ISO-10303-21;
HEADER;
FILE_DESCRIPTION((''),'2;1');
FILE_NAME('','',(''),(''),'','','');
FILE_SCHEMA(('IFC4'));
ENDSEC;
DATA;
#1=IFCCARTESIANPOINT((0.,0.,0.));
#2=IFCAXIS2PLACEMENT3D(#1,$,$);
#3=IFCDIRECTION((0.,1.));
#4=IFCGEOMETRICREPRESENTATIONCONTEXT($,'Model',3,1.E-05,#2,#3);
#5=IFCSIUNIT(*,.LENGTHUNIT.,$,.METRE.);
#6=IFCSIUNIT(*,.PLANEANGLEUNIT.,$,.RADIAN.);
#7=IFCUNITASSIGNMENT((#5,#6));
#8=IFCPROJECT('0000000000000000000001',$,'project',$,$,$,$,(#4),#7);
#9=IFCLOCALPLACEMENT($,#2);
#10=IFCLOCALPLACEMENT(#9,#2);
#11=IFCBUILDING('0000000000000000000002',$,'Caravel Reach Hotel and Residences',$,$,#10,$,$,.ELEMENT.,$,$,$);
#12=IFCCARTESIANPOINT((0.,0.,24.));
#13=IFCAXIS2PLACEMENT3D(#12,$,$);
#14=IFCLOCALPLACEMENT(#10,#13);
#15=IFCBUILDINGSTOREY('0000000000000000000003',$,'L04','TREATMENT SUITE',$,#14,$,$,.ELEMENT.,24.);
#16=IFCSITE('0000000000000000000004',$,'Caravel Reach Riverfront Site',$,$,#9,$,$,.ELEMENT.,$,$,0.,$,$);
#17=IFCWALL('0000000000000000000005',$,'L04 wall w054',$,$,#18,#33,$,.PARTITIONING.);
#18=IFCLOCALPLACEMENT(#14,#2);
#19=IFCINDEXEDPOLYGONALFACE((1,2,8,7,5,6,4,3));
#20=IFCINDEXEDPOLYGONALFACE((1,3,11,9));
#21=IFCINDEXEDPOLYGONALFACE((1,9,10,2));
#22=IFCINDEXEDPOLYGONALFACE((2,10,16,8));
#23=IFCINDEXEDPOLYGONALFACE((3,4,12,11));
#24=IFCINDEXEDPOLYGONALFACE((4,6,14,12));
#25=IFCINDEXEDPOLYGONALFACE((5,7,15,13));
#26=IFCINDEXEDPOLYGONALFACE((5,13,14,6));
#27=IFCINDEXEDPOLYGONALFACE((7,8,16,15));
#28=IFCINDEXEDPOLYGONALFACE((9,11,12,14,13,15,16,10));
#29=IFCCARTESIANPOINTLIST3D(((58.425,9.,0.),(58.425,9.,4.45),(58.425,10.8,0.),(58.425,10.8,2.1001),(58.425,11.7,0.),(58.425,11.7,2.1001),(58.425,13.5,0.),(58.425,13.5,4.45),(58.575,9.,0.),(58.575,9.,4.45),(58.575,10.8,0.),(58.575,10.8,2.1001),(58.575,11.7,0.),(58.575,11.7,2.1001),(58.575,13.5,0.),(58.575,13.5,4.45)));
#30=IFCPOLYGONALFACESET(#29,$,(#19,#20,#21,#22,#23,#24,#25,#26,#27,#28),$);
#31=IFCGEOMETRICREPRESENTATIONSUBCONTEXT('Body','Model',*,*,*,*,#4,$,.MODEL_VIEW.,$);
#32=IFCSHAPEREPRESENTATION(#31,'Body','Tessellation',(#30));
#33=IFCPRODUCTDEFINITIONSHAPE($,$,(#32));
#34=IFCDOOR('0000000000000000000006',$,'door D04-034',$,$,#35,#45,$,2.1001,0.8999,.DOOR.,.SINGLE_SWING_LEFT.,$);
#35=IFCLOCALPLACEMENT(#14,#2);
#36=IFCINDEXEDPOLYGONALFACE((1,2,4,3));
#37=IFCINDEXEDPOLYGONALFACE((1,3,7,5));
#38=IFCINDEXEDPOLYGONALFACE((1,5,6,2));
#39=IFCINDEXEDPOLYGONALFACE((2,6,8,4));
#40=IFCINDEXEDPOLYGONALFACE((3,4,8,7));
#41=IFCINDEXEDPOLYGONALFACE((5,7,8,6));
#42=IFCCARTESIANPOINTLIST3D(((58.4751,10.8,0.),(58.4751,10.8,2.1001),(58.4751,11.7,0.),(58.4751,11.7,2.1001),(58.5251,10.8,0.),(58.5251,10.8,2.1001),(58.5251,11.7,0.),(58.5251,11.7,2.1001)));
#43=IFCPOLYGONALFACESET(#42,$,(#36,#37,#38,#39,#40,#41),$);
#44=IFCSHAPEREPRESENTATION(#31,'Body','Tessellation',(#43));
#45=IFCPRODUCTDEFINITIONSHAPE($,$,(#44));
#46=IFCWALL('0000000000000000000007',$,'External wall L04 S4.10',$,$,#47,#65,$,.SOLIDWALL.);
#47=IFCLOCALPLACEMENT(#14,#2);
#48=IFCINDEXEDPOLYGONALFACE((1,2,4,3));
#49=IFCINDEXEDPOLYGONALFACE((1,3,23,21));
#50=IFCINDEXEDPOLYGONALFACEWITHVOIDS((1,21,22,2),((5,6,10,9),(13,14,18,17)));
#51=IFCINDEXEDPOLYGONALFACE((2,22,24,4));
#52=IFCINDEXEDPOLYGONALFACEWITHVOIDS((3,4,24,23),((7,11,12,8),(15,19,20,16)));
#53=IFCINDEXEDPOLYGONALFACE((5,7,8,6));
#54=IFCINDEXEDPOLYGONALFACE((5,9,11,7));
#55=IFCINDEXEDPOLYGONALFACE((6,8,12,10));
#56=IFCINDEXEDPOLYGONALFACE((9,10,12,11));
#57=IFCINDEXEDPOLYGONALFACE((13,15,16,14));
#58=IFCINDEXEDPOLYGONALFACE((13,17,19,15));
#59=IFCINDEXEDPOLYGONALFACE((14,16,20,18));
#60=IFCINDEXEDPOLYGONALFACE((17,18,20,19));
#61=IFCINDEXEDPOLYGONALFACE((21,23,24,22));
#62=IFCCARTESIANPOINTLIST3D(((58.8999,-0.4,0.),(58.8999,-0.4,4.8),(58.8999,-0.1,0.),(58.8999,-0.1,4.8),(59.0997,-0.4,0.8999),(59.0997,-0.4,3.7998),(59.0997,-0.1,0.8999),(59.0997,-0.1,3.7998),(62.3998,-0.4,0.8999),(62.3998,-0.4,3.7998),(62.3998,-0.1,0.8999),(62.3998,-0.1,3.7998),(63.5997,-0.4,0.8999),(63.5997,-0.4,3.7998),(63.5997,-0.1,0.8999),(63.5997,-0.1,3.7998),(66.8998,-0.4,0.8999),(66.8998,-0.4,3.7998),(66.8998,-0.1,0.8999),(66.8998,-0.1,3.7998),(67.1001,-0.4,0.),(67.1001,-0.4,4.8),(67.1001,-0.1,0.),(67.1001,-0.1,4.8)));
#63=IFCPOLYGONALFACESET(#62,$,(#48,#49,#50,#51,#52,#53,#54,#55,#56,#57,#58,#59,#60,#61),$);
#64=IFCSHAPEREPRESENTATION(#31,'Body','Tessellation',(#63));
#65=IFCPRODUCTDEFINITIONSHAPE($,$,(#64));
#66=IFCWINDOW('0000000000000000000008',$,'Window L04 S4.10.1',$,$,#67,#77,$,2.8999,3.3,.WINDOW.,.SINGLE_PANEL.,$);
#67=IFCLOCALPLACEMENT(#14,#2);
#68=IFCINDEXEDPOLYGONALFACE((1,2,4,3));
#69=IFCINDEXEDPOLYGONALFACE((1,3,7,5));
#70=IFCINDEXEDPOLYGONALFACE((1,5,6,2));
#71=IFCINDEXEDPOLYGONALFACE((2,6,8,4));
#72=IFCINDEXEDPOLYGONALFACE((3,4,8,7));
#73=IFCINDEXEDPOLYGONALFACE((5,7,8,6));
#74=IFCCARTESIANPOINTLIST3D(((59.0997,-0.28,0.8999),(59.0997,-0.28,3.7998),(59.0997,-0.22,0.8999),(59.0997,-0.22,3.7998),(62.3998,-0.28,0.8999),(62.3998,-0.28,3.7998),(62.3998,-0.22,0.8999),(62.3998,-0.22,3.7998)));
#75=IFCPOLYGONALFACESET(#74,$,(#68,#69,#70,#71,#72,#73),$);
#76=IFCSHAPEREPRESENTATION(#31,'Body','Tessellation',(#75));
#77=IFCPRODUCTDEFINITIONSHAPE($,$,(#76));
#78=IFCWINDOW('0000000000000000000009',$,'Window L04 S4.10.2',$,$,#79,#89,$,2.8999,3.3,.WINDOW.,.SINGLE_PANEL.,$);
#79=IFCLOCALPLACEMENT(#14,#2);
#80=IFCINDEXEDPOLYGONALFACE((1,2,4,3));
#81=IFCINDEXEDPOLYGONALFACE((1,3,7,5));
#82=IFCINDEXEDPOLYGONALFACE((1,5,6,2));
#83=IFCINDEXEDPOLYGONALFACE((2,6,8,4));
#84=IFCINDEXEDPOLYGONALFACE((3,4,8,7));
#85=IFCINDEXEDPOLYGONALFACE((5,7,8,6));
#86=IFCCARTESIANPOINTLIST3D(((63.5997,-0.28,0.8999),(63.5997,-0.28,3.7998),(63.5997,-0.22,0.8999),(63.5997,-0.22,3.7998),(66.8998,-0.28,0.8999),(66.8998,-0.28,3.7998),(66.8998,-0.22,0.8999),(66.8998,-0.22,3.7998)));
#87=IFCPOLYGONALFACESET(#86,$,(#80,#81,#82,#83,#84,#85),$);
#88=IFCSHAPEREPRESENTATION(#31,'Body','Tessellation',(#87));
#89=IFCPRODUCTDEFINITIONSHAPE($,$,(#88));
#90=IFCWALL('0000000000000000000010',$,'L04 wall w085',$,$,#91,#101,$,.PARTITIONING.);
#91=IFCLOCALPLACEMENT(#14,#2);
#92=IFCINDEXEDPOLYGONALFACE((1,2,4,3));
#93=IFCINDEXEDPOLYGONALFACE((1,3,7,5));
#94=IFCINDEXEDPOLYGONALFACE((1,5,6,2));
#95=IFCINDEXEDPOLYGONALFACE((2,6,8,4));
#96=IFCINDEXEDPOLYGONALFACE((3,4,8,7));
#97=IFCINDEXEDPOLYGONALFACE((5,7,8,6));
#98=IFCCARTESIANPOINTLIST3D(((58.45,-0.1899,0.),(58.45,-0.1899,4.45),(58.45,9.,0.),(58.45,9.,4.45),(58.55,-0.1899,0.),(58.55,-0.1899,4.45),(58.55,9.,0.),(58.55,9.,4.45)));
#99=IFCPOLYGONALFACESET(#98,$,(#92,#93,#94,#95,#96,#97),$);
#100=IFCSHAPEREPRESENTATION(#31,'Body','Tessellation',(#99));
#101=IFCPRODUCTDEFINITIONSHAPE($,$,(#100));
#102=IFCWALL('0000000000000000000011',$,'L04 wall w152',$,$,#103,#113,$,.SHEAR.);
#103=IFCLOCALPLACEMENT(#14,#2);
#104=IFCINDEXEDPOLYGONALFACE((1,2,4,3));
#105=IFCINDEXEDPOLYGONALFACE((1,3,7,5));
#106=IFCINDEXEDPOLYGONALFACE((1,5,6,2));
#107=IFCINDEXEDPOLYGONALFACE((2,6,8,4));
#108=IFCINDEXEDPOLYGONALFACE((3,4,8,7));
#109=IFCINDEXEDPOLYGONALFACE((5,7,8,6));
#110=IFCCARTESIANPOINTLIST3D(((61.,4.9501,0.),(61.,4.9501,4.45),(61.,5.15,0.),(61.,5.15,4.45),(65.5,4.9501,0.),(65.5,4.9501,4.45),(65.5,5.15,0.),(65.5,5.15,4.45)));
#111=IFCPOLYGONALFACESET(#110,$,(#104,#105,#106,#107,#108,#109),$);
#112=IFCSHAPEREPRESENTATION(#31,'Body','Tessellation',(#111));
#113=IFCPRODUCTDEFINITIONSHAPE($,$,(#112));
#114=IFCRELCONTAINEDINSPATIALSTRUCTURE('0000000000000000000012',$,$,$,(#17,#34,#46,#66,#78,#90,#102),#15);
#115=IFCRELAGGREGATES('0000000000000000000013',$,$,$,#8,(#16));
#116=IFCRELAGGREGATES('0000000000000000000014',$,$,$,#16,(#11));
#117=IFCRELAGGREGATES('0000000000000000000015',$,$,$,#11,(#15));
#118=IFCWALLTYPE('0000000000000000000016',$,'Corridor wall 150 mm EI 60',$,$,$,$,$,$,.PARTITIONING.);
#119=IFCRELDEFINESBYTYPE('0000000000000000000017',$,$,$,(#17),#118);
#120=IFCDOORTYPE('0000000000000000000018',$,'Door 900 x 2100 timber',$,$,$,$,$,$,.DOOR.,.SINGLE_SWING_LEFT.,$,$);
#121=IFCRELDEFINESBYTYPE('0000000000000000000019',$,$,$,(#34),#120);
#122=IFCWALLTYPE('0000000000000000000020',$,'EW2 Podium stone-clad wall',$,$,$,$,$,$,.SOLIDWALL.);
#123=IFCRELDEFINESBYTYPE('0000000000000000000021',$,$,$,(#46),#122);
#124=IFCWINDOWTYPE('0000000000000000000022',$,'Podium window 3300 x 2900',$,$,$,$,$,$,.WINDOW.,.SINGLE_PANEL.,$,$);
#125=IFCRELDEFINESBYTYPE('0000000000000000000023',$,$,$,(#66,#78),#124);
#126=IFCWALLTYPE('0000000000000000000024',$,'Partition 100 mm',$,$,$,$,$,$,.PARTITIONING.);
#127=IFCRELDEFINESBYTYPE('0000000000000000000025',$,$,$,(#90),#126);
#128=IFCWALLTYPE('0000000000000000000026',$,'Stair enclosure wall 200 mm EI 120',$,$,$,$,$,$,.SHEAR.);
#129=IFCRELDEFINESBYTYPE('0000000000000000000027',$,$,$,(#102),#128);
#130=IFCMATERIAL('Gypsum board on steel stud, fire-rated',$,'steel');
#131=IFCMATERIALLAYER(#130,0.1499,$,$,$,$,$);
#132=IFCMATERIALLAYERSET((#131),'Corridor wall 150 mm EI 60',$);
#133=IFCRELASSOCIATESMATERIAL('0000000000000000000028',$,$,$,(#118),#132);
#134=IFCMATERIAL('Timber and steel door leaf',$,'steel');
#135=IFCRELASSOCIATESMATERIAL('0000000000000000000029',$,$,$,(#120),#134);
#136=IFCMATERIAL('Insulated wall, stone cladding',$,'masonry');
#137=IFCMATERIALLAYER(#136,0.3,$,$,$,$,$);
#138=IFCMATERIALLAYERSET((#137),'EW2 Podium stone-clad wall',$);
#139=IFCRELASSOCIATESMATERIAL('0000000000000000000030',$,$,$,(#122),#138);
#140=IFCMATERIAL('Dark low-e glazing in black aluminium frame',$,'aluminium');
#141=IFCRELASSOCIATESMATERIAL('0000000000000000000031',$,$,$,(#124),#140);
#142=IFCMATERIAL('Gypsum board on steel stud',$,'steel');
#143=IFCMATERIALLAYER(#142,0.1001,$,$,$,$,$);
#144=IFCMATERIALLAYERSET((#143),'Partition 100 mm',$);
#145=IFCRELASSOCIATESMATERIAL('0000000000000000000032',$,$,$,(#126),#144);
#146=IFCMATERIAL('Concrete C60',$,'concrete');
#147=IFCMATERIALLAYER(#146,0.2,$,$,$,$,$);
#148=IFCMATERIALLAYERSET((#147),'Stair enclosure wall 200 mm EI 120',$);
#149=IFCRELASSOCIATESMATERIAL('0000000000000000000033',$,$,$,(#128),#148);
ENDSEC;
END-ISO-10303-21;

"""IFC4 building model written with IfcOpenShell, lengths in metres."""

from ifc_helpers import new_model, si_unit, direction, frame, frame_2d, origin, place, context, subcontext, project, spatial, rectangle, extrude, material, layer, layer_set, type_object, element, fill, save


model = new_model("IFC4")

# Units and contexts
model_context = context("Model", 3, precision=1e-05, world=origin(), true_north=direction((0.0, 1.0)))
body_context = subcontext(model_context, "Body", "Model", "MODEL_VIEW")
ifc_project = project(units=[si_unit("LENGTHUNIT", "METRE"), si_unit("PLANEANGLEUNIT", "RADIAN")], contexts=[model_context])

# Site, building, storey
site_placement = place(None, origin())
site = spatial("IfcSite", under=ifc_project, at=site_placement, Name="Caravel Reach Riverfront Site", CompositionType="ELEMENT", RefElevation=0.0)
building_placement = place(site_placement, origin())
building = spatial("IfcBuilding", under=site, at=building_placement, Name="Caravel Reach Hotel and Residences", CompositionType="ELEMENT")
storey_placement = place(building_placement, frame((0.0, 0.0, 24.0)))
storey = spatial("IfcBuildingStorey", under=building, at=storey_placement, Name="L04", Description="TREATMENT SUITE", CompositionType="ELEMENT", Elevation=24.0)

# Wall, opening, door
ifc_material_1 = material(Name="Gypsum board on steel stud, fire-rated", Category="steel")
ifc_layer_1 = layer(ifc_material_1, 0.1499)
ifc_layer_set_1 = layer_set([ifc_layer_1], Name="Corridor wall 150 mm EI 60")
wall_type_1 = type_object("IfcWallType", Name="Corridor wall 150 mm EI 60", PredefinedType="PARTITIONING", material=ifc_layer_set_1)
wall_1_placement = place(storey_placement, frame((58.5, 9.0, 0.0), z_axis=(0.0, 0.0, 1.0), x_axis=(0.0, 1.0, 0.0)))
wall_1 = element("IfcWall", 1, at=wall_1_placement, inside=storey, type_object=wall_type_1, Name="L04 wall w054", PredefinedType="PARTITIONING", context=body_context, shape_type="SweptSolid", body=[
    extrude(rectangle(XDim=4.5, YDim=0.1499, at=frame_2d((2.25, 0.0))), origin(), (0.0, 0.0, 1.0), 4.45),
])
opening_1_placement = place(wall_1_placement, frame((1.8, 0.0, 0.0)))
opening_1 = element("IfcOpeningElement", 2, at=opening_1_placement, cuts=wall_1, PredefinedType="OPENING", context=body_context, shape_type="SweptSolid", body=[
    extrude(rectangle(XDim=0.8999, YDim=2.1001, at=frame_2d((0.45, 1.05))), frame((0.0, 0.085, 0.0), z_axis=(0.0, -1.0, 0.0), x_axis=(1.0, 0.0, 0.0)), (0.0, 0.0, 1.0), 0.1699),
])
ifc_material_2 = material(Name="Timber and steel door leaf", Category="steel")
door_type_1 = type_object("IfcDoorType", Name="Door 900 x 2100 timber", OperationType="SINGLE_SWING_LEFT", PredefinedType="DOOR", material=ifc_material_2)
door_1_placement = place(opening_1_placement, origin())
door_1 = element("IfcDoor", 3, at=door_1_placement, inside=storey, type_object=door_type_1, Name="door D04-034", OperationType="SINGLE_SWING_LEFT", OverallHeight=2.1001, OverallWidth=0.8999, PredefinedType="DOOR", context=body_context, shape_type="SweptSolid", body=[
    extrude(rectangle(XDim=0.8999, YDim=2.1001, at=frame_2d((0.45, 1.05))), frame((0.0, 0.0249, 0.0), z_axis=(0.0, -1.0, 0.0), x_axis=(1.0, 0.0, 0.0)), (0.0, 0.0, 1.0), 0.05),
])
fill(opening_1, door_1)

# Wall, openings, windows
ifc_material_3 = material(Name="Insulated wall, stone cladding", Category="masonry")
ifc_layer_2 = layer(ifc_material_3, 0.3)
ifc_layer_set_2 = layer_set([ifc_layer_2], Name="EW2 Podium stone-clad wall")
wall_type_2 = type_object("IfcWallType", Name="EW2 Podium stone-clad wall", PredefinedType="SOLIDWALL", material=ifc_layer_set_2)
wall_2_placement = place(storey_placement, frame((58.8999, -0.25, 0.0), z_axis=(0.0, 0.0, 1.0), x_axis=(1.0, 0.0, 0.0)))
wall_2 = element("IfcWall", 4, at=wall_2_placement, inside=storey, type_object=wall_type_2, Name="External wall L04 S4.10", PredefinedType="SOLIDWALL", context=body_context, shape_type="SweptSolid", body=[
    extrude(rectangle(XDim=8.2002, YDim=0.3, at=frame_2d((4.1001, 0.0))), origin(), (0.0, 0.0, 1.0), 4.8),
])
opening_2_placement = place(wall_2_placement, frame((0.2, 0.0, 0.8999)))
opening_2 = element("IfcOpeningElement", 5, at=opening_2_placement, cuts=wall_2, PredefinedType="OPENING", context=body_context, shape_type="SweptSolid", body=[
    extrude(rectangle(XDim=3.3, YDim=2.8999, at=frame_2d((1.6499, 1.45))), frame((0.0, 0.1599, 0.0), z_axis=(0.0, -1.0, 0.0), x_axis=(1.0, 0.0, 0.0)), (0.0, 0.0, 1.0), 0.3201),
])
opening_3_placement = place(wall_2_placement, frame((4.7, 0.0, 0.8999)))
opening_3 = element("IfcOpeningElement", 6, at=opening_3_placement, cuts=wall_2, PredefinedType="OPENING", context=body_context, shape_type="SweptSolid", body=[
    extrude(rectangle(XDim=3.3, YDim=2.8999, at=frame_2d((1.6499, 1.45))), frame((0.0, 0.1599, 0.0), z_axis=(0.0, -1.0, 0.0), x_axis=(1.0, 0.0, 0.0)), (0.0, 0.0, 1.0), 0.3201),
])
ifc_material_4 = material(Name="Dark low-e glazing in black aluminium frame", Category="aluminium")
window_type = type_object("IfcWindowType", Name="Podium window 3300 x 2900", PartitioningType="SINGLE_PANEL", PredefinedType="WINDOW", material=ifc_material_4)
window_1_placement = place(opening_2_placement, origin())
window_1 = element("IfcWindow", 7, at=window_1_placement, inside=storey, type_object=window_type, Name="Window L04 S4.10.1", OverallHeight=2.8999, OverallWidth=3.3, PartitioningType="SINGLE_PANEL", PredefinedType="WINDOW", context=body_context, shape_type="SweptSolid", body=[
    extrude(rectangle(XDim=3.3, YDim=2.8999, at=frame_2d((1.6499, 1.45))), frame((0.0, 0.03, 0.0), z_axis=(0.0, -1.0, 0.0), x_axis=(1.0, 0.0, 0.0)), (0.0, 0.0, 1.0), 0.0601),
])
fill(opening_2, window_1)
window_2_placement = place(opening_3_placement, origin())
window_2 = element("IfcWindow", 8, at=window_2_placement, inside=storey, type_object=window_type, Name="Window L04 S4.10.2", OverallHeight=2.8999, OverallWidth=3.3, PartitioningType="SINGLE_PANEL", PredefinedType="WINDOW", context=body_context, shape_type="SweptSolid", body=[
    extrude(rectangle(XDim=3.3, YDim=2.8999, at=frame_2d((1.6499, 1.45))), frame((0.0, 0.03, 0.0), z_axis=(0.0, -1.0, 0.0), x_axis=(1.0, 0.0, 0.0)), (0.0, 0.0, 1.0), 0.0601),
])
fill(opening_3, window_2)

# Walls
ifc_material_5 = material(Name="Gypsum board on steel stud", Category="steel")
ifc_layer_3 = layer(ifc_material_5, 0.1001)
ifc_layer_set_3 = layer_set([ifc_layer_3], Name="Partition 100 mm")
wall_type_3 = type_object("IfcWallType", Name="Partition 100 mm", PredefinedType="PARTITIONING", material=ifc_layer_set_3)
wall_3_placement = place(storey_placement, frame((58.5, -0.1899, 0.0), z_axis=(0.0, 0.0, 1.0), x_axis=(0.0, 1.0, 0.0)))
element("IfcWall", 9, at=wall_3_placement, inside=storey, type_object=wall_type_3, Name="L04 wall w085", PredefinedType="PARTITIONING", context=body_context, shape_type="SweptSolid", body=[
    extrude(rectangle(XDim=9.1899, YDim=0.1001, at=frame_2d((4.595, 0.0))), origin(), (0.0, 0.0, 1.0), 4.45),
])
ifc_material_6 = material(Name="Concrete C60", Category="concrete")
ifc_layer_4 = layer(ifc_material_6, 0.2)
ifc_layer_set_4 = layer_set([ifc_layer_4], Name="Stair enclosure wall 200 mm EI 120")
wall_type_4 = type_object("IfcWallType", Name="Stair enclosure wall 200 mm EI 120", PredefinedType="SHEAR", material=ifc_layer_set_4)
wall_4_placement = place(storey_placement, frame((61.0, 5.05, 0.0), z_axis=(0.0, 0.0, 1.0), x_axis=(1.0, 0.0, 0.0)))
element("IfcWall", 10, at=wall_4_placement, inside=storey, type_object=wall_type_4, Name="L04 wall w152", PredefinedType="SHEAR", context=body_context, shape_type="SweptSolid", body=[
    extrude(rectangle(XDim=4.5, YDim=0.2, at=frame_2d((2.25, 0.0))), origin(), (0.0, 0.0, 1.0), 4.45),
])

save(model, "model.ifc")
